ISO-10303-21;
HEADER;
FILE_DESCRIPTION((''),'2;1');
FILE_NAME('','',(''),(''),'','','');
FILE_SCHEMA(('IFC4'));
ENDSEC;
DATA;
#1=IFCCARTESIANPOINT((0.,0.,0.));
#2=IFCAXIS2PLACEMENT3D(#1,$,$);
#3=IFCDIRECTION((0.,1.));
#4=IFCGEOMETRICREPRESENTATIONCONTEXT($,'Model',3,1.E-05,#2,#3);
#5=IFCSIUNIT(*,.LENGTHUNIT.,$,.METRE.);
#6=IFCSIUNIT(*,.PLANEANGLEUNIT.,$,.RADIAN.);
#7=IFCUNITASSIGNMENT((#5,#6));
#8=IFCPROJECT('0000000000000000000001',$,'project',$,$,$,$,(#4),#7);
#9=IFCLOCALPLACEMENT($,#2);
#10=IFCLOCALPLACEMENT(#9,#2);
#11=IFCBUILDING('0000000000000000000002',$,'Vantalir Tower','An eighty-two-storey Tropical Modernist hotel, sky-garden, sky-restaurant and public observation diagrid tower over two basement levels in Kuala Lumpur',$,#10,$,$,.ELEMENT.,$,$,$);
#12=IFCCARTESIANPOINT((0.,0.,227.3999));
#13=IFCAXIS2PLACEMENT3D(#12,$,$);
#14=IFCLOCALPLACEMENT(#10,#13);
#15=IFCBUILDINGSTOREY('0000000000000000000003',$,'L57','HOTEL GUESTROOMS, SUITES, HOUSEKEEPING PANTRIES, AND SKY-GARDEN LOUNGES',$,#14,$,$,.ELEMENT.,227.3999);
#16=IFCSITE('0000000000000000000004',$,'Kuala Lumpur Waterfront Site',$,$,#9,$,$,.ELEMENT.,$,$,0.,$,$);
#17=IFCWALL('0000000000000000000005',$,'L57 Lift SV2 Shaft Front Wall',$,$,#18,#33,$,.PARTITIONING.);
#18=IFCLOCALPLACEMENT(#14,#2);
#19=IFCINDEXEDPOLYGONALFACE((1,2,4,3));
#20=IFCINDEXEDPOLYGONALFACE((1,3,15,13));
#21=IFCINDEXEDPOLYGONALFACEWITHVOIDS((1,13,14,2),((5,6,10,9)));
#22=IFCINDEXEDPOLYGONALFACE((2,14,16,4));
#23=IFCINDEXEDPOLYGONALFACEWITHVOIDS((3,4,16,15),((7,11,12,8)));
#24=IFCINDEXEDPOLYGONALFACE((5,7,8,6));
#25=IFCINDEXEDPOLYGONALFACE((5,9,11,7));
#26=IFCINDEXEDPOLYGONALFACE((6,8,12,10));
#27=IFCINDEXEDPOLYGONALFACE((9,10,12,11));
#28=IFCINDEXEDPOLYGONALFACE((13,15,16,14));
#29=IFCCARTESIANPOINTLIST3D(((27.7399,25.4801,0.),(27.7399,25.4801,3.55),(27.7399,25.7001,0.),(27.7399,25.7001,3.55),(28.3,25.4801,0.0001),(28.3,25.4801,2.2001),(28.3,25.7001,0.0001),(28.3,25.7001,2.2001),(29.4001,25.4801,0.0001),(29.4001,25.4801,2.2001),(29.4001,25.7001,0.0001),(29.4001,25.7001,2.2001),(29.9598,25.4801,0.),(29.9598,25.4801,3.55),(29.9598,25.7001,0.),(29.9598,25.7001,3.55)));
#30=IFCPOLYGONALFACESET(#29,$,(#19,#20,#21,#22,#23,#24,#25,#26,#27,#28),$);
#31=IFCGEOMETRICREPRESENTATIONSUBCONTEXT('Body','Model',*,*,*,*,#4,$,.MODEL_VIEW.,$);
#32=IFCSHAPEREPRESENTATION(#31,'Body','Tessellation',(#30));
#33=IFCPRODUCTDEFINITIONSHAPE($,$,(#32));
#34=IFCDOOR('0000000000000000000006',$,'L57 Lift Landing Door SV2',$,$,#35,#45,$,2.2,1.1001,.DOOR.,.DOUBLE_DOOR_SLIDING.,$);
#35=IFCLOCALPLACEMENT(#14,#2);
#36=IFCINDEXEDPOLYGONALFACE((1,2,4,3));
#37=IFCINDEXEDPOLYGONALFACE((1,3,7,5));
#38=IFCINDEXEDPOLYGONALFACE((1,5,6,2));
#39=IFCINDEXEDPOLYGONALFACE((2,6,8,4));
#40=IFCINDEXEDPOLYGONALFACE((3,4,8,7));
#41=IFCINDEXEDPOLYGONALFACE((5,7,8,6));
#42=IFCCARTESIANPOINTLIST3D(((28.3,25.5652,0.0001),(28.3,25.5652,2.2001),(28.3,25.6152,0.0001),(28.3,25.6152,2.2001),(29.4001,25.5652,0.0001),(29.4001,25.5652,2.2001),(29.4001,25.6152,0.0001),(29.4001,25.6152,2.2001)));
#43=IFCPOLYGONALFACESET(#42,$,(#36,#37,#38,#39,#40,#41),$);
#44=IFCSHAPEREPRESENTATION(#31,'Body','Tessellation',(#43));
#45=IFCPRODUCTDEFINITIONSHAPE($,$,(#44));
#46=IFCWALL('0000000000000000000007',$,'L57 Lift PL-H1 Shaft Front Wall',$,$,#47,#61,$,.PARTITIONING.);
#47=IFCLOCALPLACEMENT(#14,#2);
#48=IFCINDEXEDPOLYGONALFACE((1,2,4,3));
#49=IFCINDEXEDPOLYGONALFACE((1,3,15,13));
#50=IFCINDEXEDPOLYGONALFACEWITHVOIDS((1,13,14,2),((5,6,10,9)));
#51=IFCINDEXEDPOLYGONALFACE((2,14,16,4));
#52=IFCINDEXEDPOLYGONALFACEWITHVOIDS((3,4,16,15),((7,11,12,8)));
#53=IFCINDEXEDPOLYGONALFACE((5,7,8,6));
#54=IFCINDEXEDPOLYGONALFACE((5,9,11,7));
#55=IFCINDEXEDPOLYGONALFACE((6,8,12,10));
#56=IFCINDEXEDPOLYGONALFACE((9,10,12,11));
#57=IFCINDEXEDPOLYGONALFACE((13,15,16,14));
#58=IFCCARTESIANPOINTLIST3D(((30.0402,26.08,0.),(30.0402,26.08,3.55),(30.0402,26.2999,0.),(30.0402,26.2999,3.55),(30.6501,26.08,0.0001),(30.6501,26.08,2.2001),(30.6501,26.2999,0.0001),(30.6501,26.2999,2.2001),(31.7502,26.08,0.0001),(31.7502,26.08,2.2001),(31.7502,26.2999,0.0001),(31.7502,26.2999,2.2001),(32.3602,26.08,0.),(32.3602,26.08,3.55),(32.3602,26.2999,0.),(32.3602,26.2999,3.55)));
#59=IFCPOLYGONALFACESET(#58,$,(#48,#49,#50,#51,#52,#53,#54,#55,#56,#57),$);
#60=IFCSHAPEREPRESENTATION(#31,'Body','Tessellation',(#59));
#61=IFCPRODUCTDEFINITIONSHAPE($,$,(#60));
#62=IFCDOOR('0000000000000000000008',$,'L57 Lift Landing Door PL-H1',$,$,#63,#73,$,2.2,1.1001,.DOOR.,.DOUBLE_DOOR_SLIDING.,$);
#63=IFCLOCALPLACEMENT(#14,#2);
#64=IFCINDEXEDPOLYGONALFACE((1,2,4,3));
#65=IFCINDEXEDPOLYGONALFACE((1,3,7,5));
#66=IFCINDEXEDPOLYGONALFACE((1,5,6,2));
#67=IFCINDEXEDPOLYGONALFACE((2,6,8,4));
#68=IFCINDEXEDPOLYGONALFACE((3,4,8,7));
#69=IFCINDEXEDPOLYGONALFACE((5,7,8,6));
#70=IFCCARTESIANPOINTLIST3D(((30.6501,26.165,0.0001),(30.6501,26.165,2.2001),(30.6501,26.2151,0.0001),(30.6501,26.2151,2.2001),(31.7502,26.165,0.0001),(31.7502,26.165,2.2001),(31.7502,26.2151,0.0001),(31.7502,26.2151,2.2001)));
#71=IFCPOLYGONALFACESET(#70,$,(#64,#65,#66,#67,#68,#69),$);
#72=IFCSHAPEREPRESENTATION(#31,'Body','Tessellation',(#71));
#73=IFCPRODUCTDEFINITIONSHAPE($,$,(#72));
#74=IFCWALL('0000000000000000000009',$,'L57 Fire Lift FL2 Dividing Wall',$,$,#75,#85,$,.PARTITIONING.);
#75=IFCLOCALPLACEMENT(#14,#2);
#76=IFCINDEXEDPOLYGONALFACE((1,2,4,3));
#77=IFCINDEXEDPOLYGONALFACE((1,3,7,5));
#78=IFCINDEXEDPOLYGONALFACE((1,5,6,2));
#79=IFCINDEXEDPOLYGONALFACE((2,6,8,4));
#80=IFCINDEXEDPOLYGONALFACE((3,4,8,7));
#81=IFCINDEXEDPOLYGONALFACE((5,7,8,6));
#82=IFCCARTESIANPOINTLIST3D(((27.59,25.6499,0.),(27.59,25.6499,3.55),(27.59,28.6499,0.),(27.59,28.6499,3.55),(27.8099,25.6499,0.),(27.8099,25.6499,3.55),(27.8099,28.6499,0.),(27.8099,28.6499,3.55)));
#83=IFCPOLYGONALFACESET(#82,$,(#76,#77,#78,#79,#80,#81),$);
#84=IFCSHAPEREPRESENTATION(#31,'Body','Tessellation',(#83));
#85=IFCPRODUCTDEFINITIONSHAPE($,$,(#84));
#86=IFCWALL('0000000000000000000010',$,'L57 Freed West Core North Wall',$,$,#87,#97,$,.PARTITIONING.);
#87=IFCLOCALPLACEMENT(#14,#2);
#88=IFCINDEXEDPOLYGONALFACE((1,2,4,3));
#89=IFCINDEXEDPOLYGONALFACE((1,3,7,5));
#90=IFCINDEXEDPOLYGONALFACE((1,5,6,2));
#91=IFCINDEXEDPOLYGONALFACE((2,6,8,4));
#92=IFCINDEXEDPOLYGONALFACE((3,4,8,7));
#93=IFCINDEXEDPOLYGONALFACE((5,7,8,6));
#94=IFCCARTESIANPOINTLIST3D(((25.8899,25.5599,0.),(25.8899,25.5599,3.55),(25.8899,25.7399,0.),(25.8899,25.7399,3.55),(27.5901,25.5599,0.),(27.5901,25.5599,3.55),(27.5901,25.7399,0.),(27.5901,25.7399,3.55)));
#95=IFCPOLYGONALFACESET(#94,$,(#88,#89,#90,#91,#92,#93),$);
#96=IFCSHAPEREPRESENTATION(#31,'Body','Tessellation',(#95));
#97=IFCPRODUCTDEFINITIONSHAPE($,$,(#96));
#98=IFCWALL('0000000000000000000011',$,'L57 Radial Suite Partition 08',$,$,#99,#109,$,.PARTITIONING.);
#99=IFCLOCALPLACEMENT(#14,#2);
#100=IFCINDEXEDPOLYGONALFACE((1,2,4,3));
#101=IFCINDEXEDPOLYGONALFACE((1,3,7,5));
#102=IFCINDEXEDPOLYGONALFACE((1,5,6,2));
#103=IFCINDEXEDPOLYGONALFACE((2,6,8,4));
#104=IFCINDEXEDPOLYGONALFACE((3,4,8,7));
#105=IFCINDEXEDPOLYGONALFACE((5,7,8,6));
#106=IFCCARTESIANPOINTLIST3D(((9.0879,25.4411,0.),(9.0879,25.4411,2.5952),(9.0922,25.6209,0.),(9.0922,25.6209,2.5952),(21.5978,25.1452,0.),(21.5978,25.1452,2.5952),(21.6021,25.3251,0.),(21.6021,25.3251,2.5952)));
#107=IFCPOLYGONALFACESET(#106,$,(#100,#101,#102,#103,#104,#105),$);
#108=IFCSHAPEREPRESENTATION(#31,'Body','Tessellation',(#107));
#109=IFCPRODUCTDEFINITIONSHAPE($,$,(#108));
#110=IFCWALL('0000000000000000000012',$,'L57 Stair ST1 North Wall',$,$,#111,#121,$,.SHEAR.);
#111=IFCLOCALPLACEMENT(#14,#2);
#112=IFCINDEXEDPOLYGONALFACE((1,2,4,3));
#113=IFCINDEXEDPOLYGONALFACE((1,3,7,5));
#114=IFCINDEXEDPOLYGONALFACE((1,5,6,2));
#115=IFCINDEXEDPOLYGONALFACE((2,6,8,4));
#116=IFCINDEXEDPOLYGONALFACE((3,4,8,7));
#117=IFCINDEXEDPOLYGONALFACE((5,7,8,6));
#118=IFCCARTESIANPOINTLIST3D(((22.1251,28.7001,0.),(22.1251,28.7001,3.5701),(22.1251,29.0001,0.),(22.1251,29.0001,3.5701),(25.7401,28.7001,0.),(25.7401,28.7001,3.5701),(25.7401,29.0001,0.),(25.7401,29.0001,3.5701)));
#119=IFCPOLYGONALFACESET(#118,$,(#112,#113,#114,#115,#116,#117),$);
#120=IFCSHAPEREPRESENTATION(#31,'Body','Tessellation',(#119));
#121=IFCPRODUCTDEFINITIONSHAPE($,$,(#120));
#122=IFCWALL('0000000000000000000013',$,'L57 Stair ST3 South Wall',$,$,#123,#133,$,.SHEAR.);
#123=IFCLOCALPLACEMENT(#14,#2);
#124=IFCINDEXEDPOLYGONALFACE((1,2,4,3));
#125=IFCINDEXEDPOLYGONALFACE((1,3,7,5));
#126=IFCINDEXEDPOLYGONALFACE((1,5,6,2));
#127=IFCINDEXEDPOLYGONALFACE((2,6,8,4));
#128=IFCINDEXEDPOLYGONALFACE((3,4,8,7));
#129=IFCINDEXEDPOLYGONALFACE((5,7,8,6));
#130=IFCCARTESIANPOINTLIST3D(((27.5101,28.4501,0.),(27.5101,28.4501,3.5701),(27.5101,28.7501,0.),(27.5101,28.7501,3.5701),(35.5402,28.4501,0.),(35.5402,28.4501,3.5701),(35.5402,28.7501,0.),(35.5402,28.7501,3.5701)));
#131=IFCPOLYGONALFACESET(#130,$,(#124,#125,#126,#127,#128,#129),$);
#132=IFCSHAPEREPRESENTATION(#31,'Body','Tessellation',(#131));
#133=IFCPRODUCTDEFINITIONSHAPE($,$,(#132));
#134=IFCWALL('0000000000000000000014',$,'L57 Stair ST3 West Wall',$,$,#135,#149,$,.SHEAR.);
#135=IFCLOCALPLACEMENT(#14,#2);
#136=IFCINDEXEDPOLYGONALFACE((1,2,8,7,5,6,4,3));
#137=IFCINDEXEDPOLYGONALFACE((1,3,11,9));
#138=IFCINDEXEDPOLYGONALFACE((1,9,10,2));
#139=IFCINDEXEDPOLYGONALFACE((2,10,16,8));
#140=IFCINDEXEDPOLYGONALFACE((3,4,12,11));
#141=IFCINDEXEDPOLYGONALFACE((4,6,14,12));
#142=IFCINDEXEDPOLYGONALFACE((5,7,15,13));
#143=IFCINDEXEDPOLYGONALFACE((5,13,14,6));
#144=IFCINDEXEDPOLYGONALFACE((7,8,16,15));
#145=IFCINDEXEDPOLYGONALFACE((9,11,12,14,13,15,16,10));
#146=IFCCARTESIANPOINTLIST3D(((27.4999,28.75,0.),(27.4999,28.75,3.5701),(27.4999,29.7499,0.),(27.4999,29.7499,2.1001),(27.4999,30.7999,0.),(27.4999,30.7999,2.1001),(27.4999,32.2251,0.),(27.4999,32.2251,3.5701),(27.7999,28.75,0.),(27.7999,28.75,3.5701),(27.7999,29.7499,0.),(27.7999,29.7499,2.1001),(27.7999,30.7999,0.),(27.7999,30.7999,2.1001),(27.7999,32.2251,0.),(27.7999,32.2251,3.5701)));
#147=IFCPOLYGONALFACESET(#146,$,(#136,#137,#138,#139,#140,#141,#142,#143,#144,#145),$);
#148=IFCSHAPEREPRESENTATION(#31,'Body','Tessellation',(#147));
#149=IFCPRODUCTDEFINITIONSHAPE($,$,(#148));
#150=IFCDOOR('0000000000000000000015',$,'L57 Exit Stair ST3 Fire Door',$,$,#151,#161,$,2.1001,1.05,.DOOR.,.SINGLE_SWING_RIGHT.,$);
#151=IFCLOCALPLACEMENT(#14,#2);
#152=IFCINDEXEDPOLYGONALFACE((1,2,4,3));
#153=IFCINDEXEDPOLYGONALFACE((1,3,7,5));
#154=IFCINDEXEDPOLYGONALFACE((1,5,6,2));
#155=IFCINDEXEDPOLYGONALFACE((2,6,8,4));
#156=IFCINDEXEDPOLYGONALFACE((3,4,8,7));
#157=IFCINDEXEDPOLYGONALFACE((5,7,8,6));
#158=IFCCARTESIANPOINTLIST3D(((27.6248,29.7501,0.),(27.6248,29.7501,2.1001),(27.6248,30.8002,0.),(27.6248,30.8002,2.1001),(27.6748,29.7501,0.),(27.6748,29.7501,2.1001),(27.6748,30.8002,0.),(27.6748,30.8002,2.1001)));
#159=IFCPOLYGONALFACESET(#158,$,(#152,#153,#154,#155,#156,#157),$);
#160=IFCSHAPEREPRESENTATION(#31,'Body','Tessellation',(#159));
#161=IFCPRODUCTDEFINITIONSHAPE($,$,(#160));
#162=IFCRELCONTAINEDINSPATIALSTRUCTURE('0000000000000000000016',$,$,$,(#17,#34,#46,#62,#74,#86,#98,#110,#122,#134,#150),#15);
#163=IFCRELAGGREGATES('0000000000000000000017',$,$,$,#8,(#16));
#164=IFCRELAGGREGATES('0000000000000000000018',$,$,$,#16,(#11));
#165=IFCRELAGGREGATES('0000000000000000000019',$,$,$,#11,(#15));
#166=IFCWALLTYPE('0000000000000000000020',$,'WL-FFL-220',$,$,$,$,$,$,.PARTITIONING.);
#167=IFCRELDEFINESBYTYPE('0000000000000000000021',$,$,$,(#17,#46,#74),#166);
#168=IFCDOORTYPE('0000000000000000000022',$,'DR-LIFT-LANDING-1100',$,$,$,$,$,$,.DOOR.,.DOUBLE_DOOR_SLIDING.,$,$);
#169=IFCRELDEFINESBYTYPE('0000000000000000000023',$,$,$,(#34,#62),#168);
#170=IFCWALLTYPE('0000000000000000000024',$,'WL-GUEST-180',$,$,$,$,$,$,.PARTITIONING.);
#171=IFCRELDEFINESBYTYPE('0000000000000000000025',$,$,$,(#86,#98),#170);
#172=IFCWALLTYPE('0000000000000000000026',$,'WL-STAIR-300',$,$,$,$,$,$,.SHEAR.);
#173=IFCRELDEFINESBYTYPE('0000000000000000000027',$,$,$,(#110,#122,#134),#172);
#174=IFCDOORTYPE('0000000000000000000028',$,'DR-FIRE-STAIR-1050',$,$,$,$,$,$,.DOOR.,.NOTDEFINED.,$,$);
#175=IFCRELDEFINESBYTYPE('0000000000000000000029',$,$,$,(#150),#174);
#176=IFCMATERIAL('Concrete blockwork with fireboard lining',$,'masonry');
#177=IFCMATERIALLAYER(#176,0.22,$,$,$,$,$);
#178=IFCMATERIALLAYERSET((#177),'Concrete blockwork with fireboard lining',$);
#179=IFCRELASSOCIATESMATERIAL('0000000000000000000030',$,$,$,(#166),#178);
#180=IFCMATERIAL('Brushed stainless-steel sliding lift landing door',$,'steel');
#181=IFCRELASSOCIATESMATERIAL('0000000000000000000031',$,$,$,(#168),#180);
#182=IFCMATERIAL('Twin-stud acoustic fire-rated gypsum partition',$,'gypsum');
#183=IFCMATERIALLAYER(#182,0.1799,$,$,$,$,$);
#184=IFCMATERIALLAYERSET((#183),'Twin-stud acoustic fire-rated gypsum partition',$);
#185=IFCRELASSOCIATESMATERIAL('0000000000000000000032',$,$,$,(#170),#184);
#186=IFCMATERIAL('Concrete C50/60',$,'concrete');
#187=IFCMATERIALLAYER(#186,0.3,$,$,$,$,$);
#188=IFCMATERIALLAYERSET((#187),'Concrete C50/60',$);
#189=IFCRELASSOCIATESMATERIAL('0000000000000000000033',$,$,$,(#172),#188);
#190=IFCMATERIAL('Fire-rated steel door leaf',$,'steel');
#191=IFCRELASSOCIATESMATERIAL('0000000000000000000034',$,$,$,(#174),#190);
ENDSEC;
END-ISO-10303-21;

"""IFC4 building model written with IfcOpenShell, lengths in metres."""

from ifc_helpers import new_model, si_unit, direction, frame, frame_2d, origin, place, context, subcontext, project, spatial, rectangle, extrude, material, layer, layer_set, type_object, element, fill, save


model = new_model("IFC4")

# Units and contexts
model_context = context("Model", 3, precision=1e-05, world=origin(), true_north=direction((0.0, 1.0)))
body_context = subcontext(model_context, "Body", "Model", "MODEL_VIEW")
ifc_project = project(units=[si_unit("LENGTHUNIT", "METRE"), si_unit("PLANEANGLEUNIT", "RADIAN")], contexts=[model_context])

# Site, building, storey
site_placement = place(None, origin())
site = spatial("IfcSite", under=ifc_project, at=site_placement, Name="Kuala Lumpur Waterfront Site", CompositionType="ELEMENT", RefElevation=0.0)
building_placement = place(site_placement, origin())
building = spatial("IfcBuilding", under=site, at=building_placement, Name="Vantalir Tower", Description="An eighty-two-storey Tropical Modernist hotel, sky-garden, sky-restaurant and public observation diagrid tower over two basement levels in Kuala Lumpur", CompositionType="ELEMENT")
storey_placement = place(building_placement, frame((0.0, 0.0, 227.3999)))
storey = spatial("IfcBuildingStorey", under=building, at=storey_placement, Name="L57", Description="HOTEL GUESTROOMS, SUITES, HOUSEKEEPING PANTRIES, AND SKY-GARDEN LOUNGES", CompositionType="ELEMENT", Elevation=227.3999)

# Shared definitions
ifc_material_1 = material(Name="Concrete C50/60", Category="concrete")

# Shared definitions
ifc_material_2 = material(Name="Concrete blockwork with fireboard lining", Category="masonry")
ifc_layer_1 = layer(ifc_material_2, 0.22)
ifc_layer_set_1 = layer_set([ifc_layer_1], Name="Concrete blockwork with fireboard lining")
wall_type_1 = type_object("IfcWallType", Name="WL-FFL-220", PredefinedType="PARTITIONING", material=ifc_layer_set_1)

# Walls, openings, doors
ifc_material_3 = material(Name="Brushed stainless-steel sliding lift landing door", Category="steel")
door_type_1 = type_object("IfcDoorType", Name="DR-LIFT-LANDING-1100", OperationType="DOUBLE_DOOR_SLIDING", PredefinedType="DOOR", material=ifc_material_3)
wall_1_placement = place(storey_placement, frame((27.74, 25.5901, 0.0), z_axis=(0.0, 0.0, 1.0), x_axis=(1.0, 0.0, 0.0)))
wall_1 = element("IfcWall", 1, at=wall_1_placement, inside=storey, type_object=wall_type_1, Name="L57 Lift SV2 Shaft Front Wall", PredefinedType="PARTITIONING", context=body_context, shape_type="SweptSolid", body=[
    extrude(rectangle(XDim=2.22, YDim=0.22, at=frame_2d((1.1099, 0.0))), origin(), (0.0, 0.0, 1.0), 3.55),
])
opening_1_placement = place(wall_1_placement, frame((0.5601, 0.0, 0.0)))
opening_1 = element("IfcOpeningElement", 2, at=opening_1_placement, cuts=wall_1, PredefinedType="OPENING", context=body_context, shape_type="SweptSolid", body=[
    extrude(rectangle(XDim=1.1001, YDim=2.2, at=frame_2d((0.55, 1.1001))), frame((0.0, 0.1199, 0.0), z_axis=(0.0, -1.0, 0.0), x_axis=(1.0, 0.0, 0.0)), (0.0, 0.0, 1.0), 0.24),
])
door_1_placement = place(opening_1_placement, frame((1.1001, 0.0, 0.0), z_axis=(0.0, 0.0, 1.0), x_axis=(-1.0, 0.0, 0.0)))
door_1 = element("IfcDoor", 3, at=door_1_placement, inside=storey, type_object=door_type_1, Name="L57 Lift Landing Door SV2", OperationType="DOUBLE_DOOR_SLIDING", OverallHeight=2.2, OverallWidth=1.1001, PredefinedType="DOOR", context=body_context, shape_type="SweptSolid", body=[
    extrude(rectangle(XDim=1.1001, YDim=2.2, at=frame_2d((0.55, 1.1001))), frame((0.0, 0.0249, 0.0), z_axis=(0.0, -1.0, 0.0), x_axis=(1.0, 0.0, 0.0)), (0.0, 0.0, 1.0), 0.05),
])
fill(opening_1, door_1)
wall_2_placement = place(storey_placement, frame((30.04, 26.1899, 0.0), z_axis=(0.0, 0.0, 1.0), x_axis=(1.0, 0.0, 0.0)))
wall_2 = element("IfcWall", 4, at=wall_2_placement, inside=storey, type_object=wall_type_1, Name="L57 Lift PL-H1 Shaft Front Wall", PredefinedType="PARTITIONING", context=body_context, shape_type="SweptSolid", body=[
    extrude(rectangle(XDim=2.3201, YDim=0.22, at=frame_2d((1.1602, 0.0))), origin(), (0.0, 0.0, 1.0), 3.55),
])
opening_2_placement = place(wall_2_placement, frame((0.6101, 0.0, 0.0)))
opening_2 = element("IfcOpeningElement", 5, at=opening_2_placement, cuts=wall_2, PredefinedType="OPENING", context=body_context, shape_type="SweptSolid", body=[
    extrude(rectangle(XDim=1.1001, YDim=2.2, at=frame_2d((0.55, 1.1001))), frame((0.0, 0.1199, 0.0), z_axis=(0.0, -1.0, 0.0), x_axis=(1.0, 0.0, 0.0)), (0.0, 0.0, 1.0), 0.24),
])
door_2_placement = place(opening_2_placement, frame((1.1001, 0.0, 0.0), z_axis=(0.0, 0.0, 1.0), x_axis=(-1.0, 0.0, 0.0)))
door_2 = element("IfcDoor", 6, at=door_2_placement, inside=storey, type_object=door_type_1, Name="L57 Lift Landing Door PL-H1", OperationType="DOUBLE_DOOR_SLIDING", OverallHeight=2.2, OverallWidth=1.1001, PredefinedType="DOOR", context=body_context, shape_type="SweptSolid", body=[
    extrude(rectangle(XDim=1.1001, YDim=2.2, at=frame_2d((0.55, 1.1001))), frame((0.0, 0.0249, 0.0), z_axis=(0.0, -1.0, 0.0), x_axis=(1.0, 0.0, 0.0)), (0.0, 0.0, 1.0), 0.05),
])
fill(opening_2, door_2)

# Walls
wall_3_placement = place(storey_placement, frame((27.7, 25.6499, 0.0), z_axis=(0.0, 0.0, 1.0), x_axis=(0.0, 1.0, 0.0)))
element("IfcWall", 7, at=wall_3_placement, inside=storey, type_object=wall_type_1, Name="L57 Fire Lift FL2 Dividing Wall", PredefinedType="PARTITIONING", context=body_context, shape_type="SweptSolid", body=[
    extrude(rectangle(XDim=3.0, YDim=0.22, at=frame_2d((1.5, 0.0))), origin(), (0.0, 0.0, 1.0), 3.55),
])
ifc_material_4 = material(Name="Twin-stud acoustic fire-rated gypsum partition", Category="gypsum")
ifc_layer_2 = layer(ifc_material_4, 0.1799)
ifc_layer_set_2 = layer_set([ifc_layer_2], Name="Twin-stud acoustic fire-rated gypsum partition")
wall_type_2 = type_object("IfcWallType", Name="WL-GUEST-180", PredefinedType="PARTITIONING", material=ifc_layer_set_2)
wall_4_placement = place(storey_placement, frame((25.8899, 25.6499, 0.0), z_axis=(0.0, 0.0, 1.0), x_axis=(1.0, 0.0, 0.0)))
element("IfcWall", 8, at=wall_4_placement, inside=storey, type_object=wall_type_2, Name="L57 Freed West Core North Wall", PredefinedType="PARTITIONING", context=body_context, shape_type="SweptSolid", body=[
    extrude(rectangle(XDim=1.7002, YDim=0.1799, at=frame_2d((0.8501, 0.0))), origin(), (0.0, 0.0, 1.0), 3.55),
])
wall_5_placement = place(storey_placement, frame((21.6001, 25.2351, 0.0), z_axis=(0.0, 0.0, 1.0), x_axis=(-0.99972, 0.023646, 0.0)))
element("IfcWall", 9, at=wall_5_placement, inside=storey, type_object=wall_type_2, Name="L57 Radial Suite Partition 08", PredefinedType="PARTITIONING", context=body_context, shape_type="SweptSolid", body=[
    extrude(rectangle(XDim=12.5134, YDim=0.1799, at=frame_2d((6.2568, 0.0))), origin(), (0.0, 0.0, 1.0), 2.5952),
])
ifc_layer_3 = layer(ifc_material_1, 0.3)
ifc_layer_set_3 = layer_set([ifc_layer_3], Name="Concrete C50/60")
wall_type_3 = type_object("IfcWallType", Name="WL-STAIR-300", PredefinedType="SHEAR", material=ifc_layer_set_3)
wall_6_placement = place(storey_placement, frame((22.125, 28.8501, 0.0), z_axis=(0.0, 0.0, 1.0), x_axis=(1.0, 0.0, 0.0)))
element("IfcWall", 10, at=wall_6_placement, inside=storey, type_object=wall_type_3, Name="L57 Stair ST1 North Wall", PredefinedType="SHEAR", context=body_context, shape_type="SweptSolid", body=[
    extrude(rectangle(XDim=3.615, YDim=0.3, at=frame_2d((1.8076, 0.0))), origin(), (0.0, 0.0, 1.0), 3.5701),
])
wall_7_placement = place(storey_placement, frame((27.51, 28.6001, 0.0), z_axis=(0.0, 0.0, 1.0), x_axis=(1.0, 0.0, 0.0)))
element("IfcWall", 11, at=wall_7_placement, inside=storey, type_object=wall_type_3, Name="L57 Stair ST3 South Wall", PredefinedType="SHEAR", context=body_context, shape_type="SweptSolid", body=[
    extrude(rectangle(XDim=8.03, YDim=0.3, at=frame_2d((4.0151, 0.0))), origin(), (0.0, 0.0, 1.0), 3.5701),
])

# Wall, opening, door
wall_8_placement = place(storey_placement, frame((27.6499, 28.75, 0.0), z_axis=(0.0, 0.0, 1.0), x_axis=(0.0, 1.0, 0.0)))
wall_8 = element("IfcWall", 12, at=wall_8_placement, inside=storey, type_object=wall_type_3, Name="L57 Stair ST3 West Wall", PredefinedType="SHEAR", context=body_context, shape_type="SweptSolid", body=[
    extrude(rectangle(XDim=3.4751, YDim=0.3, at=frame_2d((1.7375, 0.0))), origin(), (0.0, 0.0, 1.0), 3.5701),
])
opening_3_placement = place(wall_8_placement, frame((1.0, 0.0, 0.0)))
opening_3 = element("IfcOpeningElement", 13, at=opening_3_placement, cuts=wall_8, PredefinedType="OPENING", context=body_context, shape_type="SweptSolid", body=[
    extrude(rectangle(XDim=1.05, YDim=2.1001, at=frame_2d((0.5249, 1.05))), frame((0.0, 0.1599, 0.0), z_axis=(0.0, -1.0, 0.0), x_axis=(1.0, 0.0, 0.0)), (0.0, 0.0, 1.0), 0.3201),
])
ifc_material_5 = material(Name="Fire-rated steel door leaf", Category="steel")
door_type_2 = type_object("IfcDoorType", Name="DR-FIRE-STAIR-1050", OperationType="NOTDEFINED", PredefinedType="DOOR", material=ifc_material_5)
door_3_placement = place(opening_3_placement, frame((1.05, 0.0, 0.0), z_axis=(0.0, 0.0, 1.0), x_axis=(-1.0, 0.0, 0.0)))
door_3 = element("IfcDoor", 14, at=door_3_placement, inside=storey, type_object=door_type_2, Name="L57 Exit Stair ST3 Fire Door", OperationType="SINGLE_SWING_RIGHT", OverallHeight=2.1001, OverallWidth=1.05, PredefinedType="DOOR", context=body_context, shape_type="SweptSolid", body=[
    extrude(rectangle(XDim=1.05, YDim=2.1001, at=frame_2d((0.5249, 1.05))), frame((0.0, 0.0249, 0.0), z_axis=(0.0, -1.0, 0.0), x_axis=(1.0, 0.0, 0.0)), (0.0, 0.0, 1.0), 0.05),
])
fill(opening_3, door_3)

save(model, "model.ifc")
